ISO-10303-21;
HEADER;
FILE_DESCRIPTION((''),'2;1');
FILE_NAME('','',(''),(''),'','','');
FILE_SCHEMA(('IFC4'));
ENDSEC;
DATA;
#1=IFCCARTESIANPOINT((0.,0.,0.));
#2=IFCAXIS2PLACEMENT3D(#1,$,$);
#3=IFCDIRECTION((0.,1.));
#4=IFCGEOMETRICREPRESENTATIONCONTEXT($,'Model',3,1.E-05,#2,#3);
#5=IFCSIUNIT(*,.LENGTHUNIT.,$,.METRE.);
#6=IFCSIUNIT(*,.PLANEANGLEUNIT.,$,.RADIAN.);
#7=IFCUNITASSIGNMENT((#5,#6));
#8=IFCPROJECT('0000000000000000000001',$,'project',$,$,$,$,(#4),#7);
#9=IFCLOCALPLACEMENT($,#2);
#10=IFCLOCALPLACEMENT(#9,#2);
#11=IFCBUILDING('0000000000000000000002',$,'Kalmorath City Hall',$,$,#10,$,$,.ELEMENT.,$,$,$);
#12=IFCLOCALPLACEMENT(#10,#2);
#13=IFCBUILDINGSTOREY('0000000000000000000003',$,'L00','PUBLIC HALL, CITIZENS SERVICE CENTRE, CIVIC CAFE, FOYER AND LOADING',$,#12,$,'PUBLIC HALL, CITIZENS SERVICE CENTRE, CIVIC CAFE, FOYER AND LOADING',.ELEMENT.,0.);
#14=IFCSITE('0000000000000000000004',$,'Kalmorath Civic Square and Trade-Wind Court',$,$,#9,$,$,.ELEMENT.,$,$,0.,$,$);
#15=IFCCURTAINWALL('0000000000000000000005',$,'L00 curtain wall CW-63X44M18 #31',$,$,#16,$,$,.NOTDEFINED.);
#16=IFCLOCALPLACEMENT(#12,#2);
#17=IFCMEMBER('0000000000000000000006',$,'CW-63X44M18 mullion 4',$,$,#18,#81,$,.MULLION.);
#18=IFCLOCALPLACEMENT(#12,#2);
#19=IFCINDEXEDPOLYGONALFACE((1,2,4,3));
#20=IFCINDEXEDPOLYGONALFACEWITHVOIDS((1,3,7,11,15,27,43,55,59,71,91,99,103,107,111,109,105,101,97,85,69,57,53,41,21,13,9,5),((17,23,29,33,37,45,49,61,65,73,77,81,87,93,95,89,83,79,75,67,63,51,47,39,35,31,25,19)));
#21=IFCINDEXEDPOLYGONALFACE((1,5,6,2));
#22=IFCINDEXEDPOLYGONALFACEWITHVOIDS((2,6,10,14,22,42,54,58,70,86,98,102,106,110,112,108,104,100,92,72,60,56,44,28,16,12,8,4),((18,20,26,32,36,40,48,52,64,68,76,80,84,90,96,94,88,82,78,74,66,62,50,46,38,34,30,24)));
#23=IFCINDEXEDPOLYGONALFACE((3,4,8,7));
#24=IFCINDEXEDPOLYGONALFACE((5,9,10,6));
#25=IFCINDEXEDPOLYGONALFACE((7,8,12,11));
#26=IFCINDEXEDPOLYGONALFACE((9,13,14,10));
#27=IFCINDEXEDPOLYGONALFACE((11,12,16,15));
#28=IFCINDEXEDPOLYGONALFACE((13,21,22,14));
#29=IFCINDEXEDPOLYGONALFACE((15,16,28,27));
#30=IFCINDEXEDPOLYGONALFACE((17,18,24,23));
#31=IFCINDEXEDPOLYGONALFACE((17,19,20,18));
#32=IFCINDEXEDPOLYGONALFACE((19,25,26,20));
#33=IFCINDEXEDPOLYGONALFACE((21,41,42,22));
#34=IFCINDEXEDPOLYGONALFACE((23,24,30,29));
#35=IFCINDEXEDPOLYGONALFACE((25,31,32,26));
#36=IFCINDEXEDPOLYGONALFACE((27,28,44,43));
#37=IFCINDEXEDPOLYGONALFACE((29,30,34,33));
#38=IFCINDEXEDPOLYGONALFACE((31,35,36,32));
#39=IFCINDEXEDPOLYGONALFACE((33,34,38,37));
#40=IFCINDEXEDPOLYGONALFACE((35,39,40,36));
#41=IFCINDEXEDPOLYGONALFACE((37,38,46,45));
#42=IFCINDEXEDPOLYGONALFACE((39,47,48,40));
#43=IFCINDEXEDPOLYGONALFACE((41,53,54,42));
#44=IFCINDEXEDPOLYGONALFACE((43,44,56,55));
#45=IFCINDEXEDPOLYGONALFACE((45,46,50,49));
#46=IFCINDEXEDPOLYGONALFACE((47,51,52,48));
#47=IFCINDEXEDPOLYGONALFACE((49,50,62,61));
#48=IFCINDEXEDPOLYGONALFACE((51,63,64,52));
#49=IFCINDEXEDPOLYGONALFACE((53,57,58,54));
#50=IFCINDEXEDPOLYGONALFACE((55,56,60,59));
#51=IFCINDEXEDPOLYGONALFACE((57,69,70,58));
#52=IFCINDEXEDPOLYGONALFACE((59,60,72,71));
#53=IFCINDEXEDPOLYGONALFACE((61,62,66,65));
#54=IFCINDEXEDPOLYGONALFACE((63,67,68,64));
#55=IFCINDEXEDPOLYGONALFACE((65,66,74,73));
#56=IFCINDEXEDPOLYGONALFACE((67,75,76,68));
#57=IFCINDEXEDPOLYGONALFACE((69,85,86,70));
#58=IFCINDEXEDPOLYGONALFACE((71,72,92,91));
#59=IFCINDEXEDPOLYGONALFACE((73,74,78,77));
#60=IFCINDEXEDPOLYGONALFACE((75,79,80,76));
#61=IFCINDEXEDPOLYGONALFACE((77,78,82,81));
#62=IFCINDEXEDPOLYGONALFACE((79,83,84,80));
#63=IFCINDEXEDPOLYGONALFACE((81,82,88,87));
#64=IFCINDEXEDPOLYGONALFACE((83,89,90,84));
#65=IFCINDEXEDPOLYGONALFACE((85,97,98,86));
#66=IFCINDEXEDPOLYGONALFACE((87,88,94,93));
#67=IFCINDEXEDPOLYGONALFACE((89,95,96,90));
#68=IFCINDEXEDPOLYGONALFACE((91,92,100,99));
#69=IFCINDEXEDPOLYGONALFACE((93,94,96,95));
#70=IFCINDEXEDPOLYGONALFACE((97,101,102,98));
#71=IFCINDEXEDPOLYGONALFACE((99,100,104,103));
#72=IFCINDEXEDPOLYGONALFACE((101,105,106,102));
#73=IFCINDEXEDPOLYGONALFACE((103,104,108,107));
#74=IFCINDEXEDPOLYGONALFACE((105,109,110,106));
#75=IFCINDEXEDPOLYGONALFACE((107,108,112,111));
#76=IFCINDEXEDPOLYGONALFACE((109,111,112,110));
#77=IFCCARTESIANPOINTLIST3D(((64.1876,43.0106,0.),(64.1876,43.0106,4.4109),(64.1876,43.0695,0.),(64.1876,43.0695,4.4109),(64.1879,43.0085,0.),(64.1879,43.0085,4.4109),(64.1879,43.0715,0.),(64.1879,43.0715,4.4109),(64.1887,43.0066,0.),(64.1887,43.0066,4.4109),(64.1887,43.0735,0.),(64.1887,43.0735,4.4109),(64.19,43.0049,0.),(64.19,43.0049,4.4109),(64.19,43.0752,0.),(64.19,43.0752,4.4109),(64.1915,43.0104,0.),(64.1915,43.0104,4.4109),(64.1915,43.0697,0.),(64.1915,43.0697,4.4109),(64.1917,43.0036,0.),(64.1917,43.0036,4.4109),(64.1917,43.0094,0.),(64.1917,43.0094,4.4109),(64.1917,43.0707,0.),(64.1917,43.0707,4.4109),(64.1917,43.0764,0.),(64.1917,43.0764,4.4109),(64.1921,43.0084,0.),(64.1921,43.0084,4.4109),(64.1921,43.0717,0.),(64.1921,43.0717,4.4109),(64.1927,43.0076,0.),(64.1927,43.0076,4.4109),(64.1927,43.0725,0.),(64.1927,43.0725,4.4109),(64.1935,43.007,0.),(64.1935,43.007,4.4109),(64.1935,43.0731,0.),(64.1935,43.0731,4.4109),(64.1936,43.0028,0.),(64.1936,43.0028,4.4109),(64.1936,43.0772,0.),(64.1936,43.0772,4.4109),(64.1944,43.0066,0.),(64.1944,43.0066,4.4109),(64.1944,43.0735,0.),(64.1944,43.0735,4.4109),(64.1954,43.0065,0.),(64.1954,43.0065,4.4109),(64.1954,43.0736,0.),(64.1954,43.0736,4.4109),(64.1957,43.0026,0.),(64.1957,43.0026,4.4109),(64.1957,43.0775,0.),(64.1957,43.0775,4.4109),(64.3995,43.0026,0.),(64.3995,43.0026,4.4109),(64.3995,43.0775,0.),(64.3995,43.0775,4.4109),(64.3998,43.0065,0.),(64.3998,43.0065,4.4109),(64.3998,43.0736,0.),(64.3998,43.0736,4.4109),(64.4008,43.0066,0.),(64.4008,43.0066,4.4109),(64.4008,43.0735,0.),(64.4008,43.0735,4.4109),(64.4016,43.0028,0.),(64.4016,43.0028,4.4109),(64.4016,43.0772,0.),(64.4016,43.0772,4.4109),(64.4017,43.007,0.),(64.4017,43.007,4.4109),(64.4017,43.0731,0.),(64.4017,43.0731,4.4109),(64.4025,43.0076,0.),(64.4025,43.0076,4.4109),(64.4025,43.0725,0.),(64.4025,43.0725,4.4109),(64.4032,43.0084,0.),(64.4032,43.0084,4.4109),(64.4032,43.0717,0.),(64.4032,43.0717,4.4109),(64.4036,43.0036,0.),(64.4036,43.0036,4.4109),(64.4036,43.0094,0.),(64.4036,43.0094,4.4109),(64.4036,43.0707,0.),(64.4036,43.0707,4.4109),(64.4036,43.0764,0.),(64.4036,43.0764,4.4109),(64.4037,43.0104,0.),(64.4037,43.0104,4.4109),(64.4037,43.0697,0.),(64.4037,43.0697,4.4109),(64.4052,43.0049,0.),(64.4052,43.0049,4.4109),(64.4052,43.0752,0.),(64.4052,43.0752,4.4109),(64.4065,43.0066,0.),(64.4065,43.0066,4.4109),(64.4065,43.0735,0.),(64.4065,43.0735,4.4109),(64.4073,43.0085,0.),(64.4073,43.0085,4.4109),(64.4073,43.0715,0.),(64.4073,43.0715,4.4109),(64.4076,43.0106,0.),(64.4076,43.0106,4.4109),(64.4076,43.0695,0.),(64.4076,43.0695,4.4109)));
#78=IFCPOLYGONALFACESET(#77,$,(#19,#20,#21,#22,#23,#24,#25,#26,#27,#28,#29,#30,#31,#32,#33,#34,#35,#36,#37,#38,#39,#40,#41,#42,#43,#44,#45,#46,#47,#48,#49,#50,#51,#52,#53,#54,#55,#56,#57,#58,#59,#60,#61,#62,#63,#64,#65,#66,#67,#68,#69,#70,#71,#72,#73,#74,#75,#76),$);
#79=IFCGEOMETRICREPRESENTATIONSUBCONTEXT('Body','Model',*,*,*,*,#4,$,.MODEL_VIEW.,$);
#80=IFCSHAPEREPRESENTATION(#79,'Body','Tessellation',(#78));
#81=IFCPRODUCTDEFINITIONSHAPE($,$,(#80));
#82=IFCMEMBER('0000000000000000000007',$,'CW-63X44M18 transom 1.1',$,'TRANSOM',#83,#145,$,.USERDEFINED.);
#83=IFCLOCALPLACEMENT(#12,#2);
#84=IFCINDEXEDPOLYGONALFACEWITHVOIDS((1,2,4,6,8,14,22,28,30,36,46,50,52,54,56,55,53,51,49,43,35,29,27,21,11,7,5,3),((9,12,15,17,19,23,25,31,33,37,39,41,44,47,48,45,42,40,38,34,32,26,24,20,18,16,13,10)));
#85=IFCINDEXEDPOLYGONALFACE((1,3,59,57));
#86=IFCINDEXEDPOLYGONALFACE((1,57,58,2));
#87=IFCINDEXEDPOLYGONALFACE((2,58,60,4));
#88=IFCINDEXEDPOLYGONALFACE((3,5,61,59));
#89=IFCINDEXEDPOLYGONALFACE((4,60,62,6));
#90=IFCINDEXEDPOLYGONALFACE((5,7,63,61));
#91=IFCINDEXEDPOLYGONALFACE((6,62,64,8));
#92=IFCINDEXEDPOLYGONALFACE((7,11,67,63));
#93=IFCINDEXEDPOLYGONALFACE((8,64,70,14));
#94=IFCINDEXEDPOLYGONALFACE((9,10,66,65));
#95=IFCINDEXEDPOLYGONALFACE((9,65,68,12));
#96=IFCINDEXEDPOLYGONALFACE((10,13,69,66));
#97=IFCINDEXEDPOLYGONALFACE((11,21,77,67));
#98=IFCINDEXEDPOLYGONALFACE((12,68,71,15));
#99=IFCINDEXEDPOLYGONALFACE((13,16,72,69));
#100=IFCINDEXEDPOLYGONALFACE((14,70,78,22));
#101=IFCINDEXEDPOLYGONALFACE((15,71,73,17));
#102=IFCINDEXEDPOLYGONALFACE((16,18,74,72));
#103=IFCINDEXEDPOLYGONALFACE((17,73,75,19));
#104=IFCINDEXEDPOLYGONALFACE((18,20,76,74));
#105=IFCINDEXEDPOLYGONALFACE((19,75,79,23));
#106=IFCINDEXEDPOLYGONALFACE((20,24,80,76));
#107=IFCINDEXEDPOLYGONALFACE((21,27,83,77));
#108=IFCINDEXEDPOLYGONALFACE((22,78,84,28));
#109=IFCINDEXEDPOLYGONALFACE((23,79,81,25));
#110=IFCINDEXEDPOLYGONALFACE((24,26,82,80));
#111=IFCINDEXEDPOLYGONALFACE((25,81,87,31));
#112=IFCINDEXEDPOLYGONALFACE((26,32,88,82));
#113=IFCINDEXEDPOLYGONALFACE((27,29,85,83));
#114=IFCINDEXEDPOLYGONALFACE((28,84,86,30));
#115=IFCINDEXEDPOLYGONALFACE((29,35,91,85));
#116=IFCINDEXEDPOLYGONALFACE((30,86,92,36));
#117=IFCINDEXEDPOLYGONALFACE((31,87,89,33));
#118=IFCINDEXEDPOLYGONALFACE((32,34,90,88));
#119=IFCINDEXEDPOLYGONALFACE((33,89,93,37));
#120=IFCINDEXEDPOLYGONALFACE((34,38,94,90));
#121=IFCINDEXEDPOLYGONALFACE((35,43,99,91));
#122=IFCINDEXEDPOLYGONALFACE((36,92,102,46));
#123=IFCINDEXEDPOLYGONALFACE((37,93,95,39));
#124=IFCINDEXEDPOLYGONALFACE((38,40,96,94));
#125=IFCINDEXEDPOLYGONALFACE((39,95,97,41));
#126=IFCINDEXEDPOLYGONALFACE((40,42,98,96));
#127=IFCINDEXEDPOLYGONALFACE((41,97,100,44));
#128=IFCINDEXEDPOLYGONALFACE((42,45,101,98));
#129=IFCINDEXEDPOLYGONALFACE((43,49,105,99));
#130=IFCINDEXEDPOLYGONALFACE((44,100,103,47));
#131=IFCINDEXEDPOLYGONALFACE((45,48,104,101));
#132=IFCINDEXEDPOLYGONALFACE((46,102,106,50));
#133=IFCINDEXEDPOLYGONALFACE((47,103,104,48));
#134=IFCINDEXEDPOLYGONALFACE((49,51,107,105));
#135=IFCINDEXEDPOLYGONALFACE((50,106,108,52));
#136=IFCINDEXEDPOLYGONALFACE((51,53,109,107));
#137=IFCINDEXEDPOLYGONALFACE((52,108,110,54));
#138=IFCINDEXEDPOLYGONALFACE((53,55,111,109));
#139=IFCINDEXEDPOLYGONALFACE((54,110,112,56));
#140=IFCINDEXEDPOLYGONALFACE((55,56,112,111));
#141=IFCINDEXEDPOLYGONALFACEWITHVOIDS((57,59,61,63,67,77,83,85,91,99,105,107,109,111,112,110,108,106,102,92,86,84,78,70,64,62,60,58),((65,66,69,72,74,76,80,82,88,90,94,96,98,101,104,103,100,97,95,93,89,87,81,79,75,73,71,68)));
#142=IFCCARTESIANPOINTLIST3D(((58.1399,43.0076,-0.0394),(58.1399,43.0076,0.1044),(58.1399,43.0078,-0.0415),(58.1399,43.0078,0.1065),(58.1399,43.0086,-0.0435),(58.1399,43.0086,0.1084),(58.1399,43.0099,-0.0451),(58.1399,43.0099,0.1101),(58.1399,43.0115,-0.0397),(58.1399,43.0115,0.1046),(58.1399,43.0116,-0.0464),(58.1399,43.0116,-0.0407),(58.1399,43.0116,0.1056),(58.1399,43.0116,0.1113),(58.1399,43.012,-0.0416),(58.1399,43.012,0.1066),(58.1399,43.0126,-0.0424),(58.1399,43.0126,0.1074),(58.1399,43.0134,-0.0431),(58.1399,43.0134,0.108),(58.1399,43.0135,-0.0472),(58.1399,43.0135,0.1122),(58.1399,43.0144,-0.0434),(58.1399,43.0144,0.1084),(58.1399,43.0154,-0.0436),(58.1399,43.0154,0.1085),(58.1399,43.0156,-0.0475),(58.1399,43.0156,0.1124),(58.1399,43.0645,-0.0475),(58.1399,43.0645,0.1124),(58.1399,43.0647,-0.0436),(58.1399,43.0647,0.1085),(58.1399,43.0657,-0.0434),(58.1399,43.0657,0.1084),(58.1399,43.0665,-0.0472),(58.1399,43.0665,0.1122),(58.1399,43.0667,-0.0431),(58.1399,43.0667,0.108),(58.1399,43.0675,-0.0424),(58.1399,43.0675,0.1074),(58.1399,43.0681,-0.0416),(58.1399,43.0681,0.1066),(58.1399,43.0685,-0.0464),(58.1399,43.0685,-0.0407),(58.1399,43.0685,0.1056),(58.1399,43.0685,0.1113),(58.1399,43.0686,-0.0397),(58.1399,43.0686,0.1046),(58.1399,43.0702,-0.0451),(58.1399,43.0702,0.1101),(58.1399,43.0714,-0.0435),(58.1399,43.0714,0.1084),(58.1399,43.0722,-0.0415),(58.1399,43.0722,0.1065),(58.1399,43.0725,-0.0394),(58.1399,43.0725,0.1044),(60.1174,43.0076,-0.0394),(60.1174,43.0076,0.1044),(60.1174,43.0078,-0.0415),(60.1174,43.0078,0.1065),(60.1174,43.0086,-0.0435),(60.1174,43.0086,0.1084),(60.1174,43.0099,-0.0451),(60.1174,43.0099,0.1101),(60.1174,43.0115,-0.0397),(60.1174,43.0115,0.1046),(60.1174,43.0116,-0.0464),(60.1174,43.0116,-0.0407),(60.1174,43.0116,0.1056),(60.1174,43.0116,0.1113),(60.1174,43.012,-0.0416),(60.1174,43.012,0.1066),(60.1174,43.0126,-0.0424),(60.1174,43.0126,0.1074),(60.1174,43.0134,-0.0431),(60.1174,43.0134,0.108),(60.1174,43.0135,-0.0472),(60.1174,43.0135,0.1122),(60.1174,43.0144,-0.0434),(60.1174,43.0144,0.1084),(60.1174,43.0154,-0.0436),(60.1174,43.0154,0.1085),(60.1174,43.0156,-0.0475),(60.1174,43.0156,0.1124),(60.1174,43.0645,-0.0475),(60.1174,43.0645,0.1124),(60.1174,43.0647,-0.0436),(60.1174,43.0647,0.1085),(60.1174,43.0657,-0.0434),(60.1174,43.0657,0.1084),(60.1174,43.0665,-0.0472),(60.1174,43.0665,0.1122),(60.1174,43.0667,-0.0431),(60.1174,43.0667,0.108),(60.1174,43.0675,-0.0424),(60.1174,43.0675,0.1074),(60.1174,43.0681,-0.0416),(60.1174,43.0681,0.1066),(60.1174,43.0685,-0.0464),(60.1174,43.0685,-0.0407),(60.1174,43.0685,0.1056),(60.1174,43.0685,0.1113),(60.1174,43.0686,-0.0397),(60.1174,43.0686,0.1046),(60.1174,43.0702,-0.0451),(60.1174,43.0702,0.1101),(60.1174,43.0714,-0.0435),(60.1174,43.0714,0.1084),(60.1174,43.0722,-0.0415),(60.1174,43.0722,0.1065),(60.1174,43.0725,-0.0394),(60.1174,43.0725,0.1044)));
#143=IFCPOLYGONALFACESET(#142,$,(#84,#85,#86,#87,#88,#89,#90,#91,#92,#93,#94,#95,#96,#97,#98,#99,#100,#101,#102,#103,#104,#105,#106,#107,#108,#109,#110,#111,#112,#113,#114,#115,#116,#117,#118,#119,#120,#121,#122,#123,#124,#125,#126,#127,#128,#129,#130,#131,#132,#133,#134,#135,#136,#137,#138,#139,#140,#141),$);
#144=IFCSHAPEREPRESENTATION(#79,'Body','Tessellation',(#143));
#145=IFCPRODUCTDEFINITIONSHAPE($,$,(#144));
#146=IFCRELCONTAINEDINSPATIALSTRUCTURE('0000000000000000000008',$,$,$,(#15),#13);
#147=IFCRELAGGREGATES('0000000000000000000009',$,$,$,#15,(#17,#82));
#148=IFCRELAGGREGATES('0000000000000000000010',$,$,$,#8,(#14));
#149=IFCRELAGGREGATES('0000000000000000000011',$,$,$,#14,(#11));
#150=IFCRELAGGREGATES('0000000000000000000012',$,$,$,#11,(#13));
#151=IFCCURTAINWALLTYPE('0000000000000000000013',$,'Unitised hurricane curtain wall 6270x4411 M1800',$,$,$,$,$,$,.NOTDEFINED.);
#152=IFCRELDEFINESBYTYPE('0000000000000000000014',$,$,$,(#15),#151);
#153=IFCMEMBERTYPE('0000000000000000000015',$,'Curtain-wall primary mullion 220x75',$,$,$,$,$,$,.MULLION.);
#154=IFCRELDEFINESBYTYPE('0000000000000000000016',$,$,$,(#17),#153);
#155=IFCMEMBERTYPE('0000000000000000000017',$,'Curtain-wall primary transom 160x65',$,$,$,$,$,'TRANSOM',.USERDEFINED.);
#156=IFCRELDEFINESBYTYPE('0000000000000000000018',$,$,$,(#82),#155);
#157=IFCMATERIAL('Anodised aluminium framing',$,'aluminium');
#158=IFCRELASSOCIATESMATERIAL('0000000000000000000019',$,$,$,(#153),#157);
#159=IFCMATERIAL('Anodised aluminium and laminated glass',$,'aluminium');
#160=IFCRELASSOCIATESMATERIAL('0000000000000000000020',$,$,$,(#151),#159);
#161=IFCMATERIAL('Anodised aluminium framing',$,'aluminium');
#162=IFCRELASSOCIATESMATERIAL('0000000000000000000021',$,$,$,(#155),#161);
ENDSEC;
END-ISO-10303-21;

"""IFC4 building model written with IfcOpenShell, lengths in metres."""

from ifc_helpers import new_model, si_unit, direction, frame, origin, origin_2d, place, context, subcontext, project, spatial, hollow_rectangle, extrude, material, material_profile, profile_set, type_object, element, aggregate, save


model = new_model("IFC4")

# Units and contexts
model_context = context("Model", 3, precision=1e-05, world=origin(), true_north=direction((0.0, 1.0)))
body_context = subcontext(model_context, "Body", "Model", "MODEL_VIEW")
ifc_project = project(units=[si_unit("LENGTHUNIT", "METRE"), si_unit("PLANEANGLEUNIT", "RADIAN")], contexts=[model_context])

# Site, building, storey
site_placement = place(None, origin())
site = spatial("IfcSite", under=ifc_project, at=site_placement, Name="Kalmorath Civic Square and Trade-Wind Court", CompositionType="ELEMENT", RefElevation=0.0)
building_placement = place(site_placement, origin())
building = spatial("IfcBuilding", under=site, at=building_placement, Name="Kalmorath City Hall", CompositionType="ELEMENT")
storey_placement = place(building_placement, origin())
storey = spatial("IfcBuildingStorey", under=building, at=storey_placement, Name="L00", Description="PUBLIC HALL, CITIZENS SERVICE CENTRE, CIVIC CAFE, FOYER AND LOADING", LongName="PUBLIC HALL, CITIZENS SERVICE CENTRE, CIVIC CAFE, FOYER AND LOADING", CompositionType="ELEMENT", Elevation=0.0)

# Shared definitions
ifc_material_1 = material(Name="Anodised aluminium framing", Category="aluminium")
ifc_material_profile_1 = material_profile(ifc_material_1, hollow_rectangle(XDim=0.075, YDim=0.22, WallThickness=0.0039, InnerFilletRadius=0.0039, OuterFilletRadius=0.0081, at=origin_2d()), Name="ALU-MUL-220X75X4")
ifc_profile_set_1 = profile_set([ifc_material_profile_1], Name="Anodised aluminium framing")
member_type_1 = type_object("IfcMemberType", Name="Curtain-wall primary mullion 220x75", PredefinedType="MULLION", material=ifc_profile_set_1)

# Curtain wall, members
ifc_material_2 = material(Name="Anodised aluminium and laminated glass", Category="aluminium")
curtain_wall_type_1 = type_object("IfcCurtainWallType", Name="Unitised hurricane curtain wall 6270x4411 M1800", PredefinedType="NOTDEFINED", material=ifc_material_2)
curtain_wall_1_placement = place(storey_placement, origin())
curtain_wall_1 = element("IfcCurtainWall", 1, at=curtain_wall_1_placement, inside=storey, type_object=curtain_wall_type_1, Name="L00 curtain wall CW-63X44M18 #31", PredefinedType="NOTDEFINED")
member_1_placement = place(storey_placement, frame((64.2976, 43.04, 0.0), z_axis=(0.0, 0.0, 1.0), x_axis=(0.0, 1.0, 0.0)))
member_1 = element("IfcMember", 2, at=member_1_placement, type_object=member_type_1, Name="CW-63X44M18 mullion 4", PredefinedType="MULLION", context=body_context, shape_type="SweptSolid", body=[
    extrude(hollow_rectangle(XDim=0.075, YDim=0.22, WallThickness=0.0039, InnerFilletRadius=0.0039, OuterFilletRadius=0.0081, at=origin_2d()), origin(), (0.0, 0.0, 1.0), 4.4109),
])
ifc_material_3 = material(Name="Anodised aluminium framing", Category="aluminium")
ifc_material_profile_2 = material_profile(ifc_material_3, hollow_rectangle(XDim=0.0649, YDim=0.1599, WallThickness=0.0039, InnerFilletRadius=0.0039, OuterFilletRadius=0.0081, at=origin_2d()), Name="ALU-TRN-160X65X4")
ifc_profile_set_2 = profile_set([ifc_material_profile_2], Name="Anodised aluminium framing")
member_type_2 = type_object("IfcMemberType", Name="Curtain-wall primary transom 160x65", ElementType="TRANSOM", PredefinedType="USERDEFINED", material=ifc_profile_set_2)
member_2_placement = place(storey_placement, frame((58.1399, 43.04, 0.0325), z_axis=(1.0, 0.0, 0.0), x_axis=(0.0, 1.0, 0.0)))
member_2 = element("IfcMember", 3, at=member_2_placement, type_object=member_type_2, Name="CW-63X44M18 transom 1.1", ObjectType="TRANSOM", PredefinedType="USERDEFINED", context=body_context, shape_type="SweptSolid", body=[
    extrude(hollow_rectangle(XDim=0.0649, YDim=0.1599, WallThickness=0.0039, InnerFilletRadius=0.0039, OuterFilletRadius=0.0081, at=origin_2d()), origin(), (0.0, 0.0, 1.0), 1.9775),
])

aggregate(curtain_wall_1, [member_1, member_2])

save(model, "model.ifc")
